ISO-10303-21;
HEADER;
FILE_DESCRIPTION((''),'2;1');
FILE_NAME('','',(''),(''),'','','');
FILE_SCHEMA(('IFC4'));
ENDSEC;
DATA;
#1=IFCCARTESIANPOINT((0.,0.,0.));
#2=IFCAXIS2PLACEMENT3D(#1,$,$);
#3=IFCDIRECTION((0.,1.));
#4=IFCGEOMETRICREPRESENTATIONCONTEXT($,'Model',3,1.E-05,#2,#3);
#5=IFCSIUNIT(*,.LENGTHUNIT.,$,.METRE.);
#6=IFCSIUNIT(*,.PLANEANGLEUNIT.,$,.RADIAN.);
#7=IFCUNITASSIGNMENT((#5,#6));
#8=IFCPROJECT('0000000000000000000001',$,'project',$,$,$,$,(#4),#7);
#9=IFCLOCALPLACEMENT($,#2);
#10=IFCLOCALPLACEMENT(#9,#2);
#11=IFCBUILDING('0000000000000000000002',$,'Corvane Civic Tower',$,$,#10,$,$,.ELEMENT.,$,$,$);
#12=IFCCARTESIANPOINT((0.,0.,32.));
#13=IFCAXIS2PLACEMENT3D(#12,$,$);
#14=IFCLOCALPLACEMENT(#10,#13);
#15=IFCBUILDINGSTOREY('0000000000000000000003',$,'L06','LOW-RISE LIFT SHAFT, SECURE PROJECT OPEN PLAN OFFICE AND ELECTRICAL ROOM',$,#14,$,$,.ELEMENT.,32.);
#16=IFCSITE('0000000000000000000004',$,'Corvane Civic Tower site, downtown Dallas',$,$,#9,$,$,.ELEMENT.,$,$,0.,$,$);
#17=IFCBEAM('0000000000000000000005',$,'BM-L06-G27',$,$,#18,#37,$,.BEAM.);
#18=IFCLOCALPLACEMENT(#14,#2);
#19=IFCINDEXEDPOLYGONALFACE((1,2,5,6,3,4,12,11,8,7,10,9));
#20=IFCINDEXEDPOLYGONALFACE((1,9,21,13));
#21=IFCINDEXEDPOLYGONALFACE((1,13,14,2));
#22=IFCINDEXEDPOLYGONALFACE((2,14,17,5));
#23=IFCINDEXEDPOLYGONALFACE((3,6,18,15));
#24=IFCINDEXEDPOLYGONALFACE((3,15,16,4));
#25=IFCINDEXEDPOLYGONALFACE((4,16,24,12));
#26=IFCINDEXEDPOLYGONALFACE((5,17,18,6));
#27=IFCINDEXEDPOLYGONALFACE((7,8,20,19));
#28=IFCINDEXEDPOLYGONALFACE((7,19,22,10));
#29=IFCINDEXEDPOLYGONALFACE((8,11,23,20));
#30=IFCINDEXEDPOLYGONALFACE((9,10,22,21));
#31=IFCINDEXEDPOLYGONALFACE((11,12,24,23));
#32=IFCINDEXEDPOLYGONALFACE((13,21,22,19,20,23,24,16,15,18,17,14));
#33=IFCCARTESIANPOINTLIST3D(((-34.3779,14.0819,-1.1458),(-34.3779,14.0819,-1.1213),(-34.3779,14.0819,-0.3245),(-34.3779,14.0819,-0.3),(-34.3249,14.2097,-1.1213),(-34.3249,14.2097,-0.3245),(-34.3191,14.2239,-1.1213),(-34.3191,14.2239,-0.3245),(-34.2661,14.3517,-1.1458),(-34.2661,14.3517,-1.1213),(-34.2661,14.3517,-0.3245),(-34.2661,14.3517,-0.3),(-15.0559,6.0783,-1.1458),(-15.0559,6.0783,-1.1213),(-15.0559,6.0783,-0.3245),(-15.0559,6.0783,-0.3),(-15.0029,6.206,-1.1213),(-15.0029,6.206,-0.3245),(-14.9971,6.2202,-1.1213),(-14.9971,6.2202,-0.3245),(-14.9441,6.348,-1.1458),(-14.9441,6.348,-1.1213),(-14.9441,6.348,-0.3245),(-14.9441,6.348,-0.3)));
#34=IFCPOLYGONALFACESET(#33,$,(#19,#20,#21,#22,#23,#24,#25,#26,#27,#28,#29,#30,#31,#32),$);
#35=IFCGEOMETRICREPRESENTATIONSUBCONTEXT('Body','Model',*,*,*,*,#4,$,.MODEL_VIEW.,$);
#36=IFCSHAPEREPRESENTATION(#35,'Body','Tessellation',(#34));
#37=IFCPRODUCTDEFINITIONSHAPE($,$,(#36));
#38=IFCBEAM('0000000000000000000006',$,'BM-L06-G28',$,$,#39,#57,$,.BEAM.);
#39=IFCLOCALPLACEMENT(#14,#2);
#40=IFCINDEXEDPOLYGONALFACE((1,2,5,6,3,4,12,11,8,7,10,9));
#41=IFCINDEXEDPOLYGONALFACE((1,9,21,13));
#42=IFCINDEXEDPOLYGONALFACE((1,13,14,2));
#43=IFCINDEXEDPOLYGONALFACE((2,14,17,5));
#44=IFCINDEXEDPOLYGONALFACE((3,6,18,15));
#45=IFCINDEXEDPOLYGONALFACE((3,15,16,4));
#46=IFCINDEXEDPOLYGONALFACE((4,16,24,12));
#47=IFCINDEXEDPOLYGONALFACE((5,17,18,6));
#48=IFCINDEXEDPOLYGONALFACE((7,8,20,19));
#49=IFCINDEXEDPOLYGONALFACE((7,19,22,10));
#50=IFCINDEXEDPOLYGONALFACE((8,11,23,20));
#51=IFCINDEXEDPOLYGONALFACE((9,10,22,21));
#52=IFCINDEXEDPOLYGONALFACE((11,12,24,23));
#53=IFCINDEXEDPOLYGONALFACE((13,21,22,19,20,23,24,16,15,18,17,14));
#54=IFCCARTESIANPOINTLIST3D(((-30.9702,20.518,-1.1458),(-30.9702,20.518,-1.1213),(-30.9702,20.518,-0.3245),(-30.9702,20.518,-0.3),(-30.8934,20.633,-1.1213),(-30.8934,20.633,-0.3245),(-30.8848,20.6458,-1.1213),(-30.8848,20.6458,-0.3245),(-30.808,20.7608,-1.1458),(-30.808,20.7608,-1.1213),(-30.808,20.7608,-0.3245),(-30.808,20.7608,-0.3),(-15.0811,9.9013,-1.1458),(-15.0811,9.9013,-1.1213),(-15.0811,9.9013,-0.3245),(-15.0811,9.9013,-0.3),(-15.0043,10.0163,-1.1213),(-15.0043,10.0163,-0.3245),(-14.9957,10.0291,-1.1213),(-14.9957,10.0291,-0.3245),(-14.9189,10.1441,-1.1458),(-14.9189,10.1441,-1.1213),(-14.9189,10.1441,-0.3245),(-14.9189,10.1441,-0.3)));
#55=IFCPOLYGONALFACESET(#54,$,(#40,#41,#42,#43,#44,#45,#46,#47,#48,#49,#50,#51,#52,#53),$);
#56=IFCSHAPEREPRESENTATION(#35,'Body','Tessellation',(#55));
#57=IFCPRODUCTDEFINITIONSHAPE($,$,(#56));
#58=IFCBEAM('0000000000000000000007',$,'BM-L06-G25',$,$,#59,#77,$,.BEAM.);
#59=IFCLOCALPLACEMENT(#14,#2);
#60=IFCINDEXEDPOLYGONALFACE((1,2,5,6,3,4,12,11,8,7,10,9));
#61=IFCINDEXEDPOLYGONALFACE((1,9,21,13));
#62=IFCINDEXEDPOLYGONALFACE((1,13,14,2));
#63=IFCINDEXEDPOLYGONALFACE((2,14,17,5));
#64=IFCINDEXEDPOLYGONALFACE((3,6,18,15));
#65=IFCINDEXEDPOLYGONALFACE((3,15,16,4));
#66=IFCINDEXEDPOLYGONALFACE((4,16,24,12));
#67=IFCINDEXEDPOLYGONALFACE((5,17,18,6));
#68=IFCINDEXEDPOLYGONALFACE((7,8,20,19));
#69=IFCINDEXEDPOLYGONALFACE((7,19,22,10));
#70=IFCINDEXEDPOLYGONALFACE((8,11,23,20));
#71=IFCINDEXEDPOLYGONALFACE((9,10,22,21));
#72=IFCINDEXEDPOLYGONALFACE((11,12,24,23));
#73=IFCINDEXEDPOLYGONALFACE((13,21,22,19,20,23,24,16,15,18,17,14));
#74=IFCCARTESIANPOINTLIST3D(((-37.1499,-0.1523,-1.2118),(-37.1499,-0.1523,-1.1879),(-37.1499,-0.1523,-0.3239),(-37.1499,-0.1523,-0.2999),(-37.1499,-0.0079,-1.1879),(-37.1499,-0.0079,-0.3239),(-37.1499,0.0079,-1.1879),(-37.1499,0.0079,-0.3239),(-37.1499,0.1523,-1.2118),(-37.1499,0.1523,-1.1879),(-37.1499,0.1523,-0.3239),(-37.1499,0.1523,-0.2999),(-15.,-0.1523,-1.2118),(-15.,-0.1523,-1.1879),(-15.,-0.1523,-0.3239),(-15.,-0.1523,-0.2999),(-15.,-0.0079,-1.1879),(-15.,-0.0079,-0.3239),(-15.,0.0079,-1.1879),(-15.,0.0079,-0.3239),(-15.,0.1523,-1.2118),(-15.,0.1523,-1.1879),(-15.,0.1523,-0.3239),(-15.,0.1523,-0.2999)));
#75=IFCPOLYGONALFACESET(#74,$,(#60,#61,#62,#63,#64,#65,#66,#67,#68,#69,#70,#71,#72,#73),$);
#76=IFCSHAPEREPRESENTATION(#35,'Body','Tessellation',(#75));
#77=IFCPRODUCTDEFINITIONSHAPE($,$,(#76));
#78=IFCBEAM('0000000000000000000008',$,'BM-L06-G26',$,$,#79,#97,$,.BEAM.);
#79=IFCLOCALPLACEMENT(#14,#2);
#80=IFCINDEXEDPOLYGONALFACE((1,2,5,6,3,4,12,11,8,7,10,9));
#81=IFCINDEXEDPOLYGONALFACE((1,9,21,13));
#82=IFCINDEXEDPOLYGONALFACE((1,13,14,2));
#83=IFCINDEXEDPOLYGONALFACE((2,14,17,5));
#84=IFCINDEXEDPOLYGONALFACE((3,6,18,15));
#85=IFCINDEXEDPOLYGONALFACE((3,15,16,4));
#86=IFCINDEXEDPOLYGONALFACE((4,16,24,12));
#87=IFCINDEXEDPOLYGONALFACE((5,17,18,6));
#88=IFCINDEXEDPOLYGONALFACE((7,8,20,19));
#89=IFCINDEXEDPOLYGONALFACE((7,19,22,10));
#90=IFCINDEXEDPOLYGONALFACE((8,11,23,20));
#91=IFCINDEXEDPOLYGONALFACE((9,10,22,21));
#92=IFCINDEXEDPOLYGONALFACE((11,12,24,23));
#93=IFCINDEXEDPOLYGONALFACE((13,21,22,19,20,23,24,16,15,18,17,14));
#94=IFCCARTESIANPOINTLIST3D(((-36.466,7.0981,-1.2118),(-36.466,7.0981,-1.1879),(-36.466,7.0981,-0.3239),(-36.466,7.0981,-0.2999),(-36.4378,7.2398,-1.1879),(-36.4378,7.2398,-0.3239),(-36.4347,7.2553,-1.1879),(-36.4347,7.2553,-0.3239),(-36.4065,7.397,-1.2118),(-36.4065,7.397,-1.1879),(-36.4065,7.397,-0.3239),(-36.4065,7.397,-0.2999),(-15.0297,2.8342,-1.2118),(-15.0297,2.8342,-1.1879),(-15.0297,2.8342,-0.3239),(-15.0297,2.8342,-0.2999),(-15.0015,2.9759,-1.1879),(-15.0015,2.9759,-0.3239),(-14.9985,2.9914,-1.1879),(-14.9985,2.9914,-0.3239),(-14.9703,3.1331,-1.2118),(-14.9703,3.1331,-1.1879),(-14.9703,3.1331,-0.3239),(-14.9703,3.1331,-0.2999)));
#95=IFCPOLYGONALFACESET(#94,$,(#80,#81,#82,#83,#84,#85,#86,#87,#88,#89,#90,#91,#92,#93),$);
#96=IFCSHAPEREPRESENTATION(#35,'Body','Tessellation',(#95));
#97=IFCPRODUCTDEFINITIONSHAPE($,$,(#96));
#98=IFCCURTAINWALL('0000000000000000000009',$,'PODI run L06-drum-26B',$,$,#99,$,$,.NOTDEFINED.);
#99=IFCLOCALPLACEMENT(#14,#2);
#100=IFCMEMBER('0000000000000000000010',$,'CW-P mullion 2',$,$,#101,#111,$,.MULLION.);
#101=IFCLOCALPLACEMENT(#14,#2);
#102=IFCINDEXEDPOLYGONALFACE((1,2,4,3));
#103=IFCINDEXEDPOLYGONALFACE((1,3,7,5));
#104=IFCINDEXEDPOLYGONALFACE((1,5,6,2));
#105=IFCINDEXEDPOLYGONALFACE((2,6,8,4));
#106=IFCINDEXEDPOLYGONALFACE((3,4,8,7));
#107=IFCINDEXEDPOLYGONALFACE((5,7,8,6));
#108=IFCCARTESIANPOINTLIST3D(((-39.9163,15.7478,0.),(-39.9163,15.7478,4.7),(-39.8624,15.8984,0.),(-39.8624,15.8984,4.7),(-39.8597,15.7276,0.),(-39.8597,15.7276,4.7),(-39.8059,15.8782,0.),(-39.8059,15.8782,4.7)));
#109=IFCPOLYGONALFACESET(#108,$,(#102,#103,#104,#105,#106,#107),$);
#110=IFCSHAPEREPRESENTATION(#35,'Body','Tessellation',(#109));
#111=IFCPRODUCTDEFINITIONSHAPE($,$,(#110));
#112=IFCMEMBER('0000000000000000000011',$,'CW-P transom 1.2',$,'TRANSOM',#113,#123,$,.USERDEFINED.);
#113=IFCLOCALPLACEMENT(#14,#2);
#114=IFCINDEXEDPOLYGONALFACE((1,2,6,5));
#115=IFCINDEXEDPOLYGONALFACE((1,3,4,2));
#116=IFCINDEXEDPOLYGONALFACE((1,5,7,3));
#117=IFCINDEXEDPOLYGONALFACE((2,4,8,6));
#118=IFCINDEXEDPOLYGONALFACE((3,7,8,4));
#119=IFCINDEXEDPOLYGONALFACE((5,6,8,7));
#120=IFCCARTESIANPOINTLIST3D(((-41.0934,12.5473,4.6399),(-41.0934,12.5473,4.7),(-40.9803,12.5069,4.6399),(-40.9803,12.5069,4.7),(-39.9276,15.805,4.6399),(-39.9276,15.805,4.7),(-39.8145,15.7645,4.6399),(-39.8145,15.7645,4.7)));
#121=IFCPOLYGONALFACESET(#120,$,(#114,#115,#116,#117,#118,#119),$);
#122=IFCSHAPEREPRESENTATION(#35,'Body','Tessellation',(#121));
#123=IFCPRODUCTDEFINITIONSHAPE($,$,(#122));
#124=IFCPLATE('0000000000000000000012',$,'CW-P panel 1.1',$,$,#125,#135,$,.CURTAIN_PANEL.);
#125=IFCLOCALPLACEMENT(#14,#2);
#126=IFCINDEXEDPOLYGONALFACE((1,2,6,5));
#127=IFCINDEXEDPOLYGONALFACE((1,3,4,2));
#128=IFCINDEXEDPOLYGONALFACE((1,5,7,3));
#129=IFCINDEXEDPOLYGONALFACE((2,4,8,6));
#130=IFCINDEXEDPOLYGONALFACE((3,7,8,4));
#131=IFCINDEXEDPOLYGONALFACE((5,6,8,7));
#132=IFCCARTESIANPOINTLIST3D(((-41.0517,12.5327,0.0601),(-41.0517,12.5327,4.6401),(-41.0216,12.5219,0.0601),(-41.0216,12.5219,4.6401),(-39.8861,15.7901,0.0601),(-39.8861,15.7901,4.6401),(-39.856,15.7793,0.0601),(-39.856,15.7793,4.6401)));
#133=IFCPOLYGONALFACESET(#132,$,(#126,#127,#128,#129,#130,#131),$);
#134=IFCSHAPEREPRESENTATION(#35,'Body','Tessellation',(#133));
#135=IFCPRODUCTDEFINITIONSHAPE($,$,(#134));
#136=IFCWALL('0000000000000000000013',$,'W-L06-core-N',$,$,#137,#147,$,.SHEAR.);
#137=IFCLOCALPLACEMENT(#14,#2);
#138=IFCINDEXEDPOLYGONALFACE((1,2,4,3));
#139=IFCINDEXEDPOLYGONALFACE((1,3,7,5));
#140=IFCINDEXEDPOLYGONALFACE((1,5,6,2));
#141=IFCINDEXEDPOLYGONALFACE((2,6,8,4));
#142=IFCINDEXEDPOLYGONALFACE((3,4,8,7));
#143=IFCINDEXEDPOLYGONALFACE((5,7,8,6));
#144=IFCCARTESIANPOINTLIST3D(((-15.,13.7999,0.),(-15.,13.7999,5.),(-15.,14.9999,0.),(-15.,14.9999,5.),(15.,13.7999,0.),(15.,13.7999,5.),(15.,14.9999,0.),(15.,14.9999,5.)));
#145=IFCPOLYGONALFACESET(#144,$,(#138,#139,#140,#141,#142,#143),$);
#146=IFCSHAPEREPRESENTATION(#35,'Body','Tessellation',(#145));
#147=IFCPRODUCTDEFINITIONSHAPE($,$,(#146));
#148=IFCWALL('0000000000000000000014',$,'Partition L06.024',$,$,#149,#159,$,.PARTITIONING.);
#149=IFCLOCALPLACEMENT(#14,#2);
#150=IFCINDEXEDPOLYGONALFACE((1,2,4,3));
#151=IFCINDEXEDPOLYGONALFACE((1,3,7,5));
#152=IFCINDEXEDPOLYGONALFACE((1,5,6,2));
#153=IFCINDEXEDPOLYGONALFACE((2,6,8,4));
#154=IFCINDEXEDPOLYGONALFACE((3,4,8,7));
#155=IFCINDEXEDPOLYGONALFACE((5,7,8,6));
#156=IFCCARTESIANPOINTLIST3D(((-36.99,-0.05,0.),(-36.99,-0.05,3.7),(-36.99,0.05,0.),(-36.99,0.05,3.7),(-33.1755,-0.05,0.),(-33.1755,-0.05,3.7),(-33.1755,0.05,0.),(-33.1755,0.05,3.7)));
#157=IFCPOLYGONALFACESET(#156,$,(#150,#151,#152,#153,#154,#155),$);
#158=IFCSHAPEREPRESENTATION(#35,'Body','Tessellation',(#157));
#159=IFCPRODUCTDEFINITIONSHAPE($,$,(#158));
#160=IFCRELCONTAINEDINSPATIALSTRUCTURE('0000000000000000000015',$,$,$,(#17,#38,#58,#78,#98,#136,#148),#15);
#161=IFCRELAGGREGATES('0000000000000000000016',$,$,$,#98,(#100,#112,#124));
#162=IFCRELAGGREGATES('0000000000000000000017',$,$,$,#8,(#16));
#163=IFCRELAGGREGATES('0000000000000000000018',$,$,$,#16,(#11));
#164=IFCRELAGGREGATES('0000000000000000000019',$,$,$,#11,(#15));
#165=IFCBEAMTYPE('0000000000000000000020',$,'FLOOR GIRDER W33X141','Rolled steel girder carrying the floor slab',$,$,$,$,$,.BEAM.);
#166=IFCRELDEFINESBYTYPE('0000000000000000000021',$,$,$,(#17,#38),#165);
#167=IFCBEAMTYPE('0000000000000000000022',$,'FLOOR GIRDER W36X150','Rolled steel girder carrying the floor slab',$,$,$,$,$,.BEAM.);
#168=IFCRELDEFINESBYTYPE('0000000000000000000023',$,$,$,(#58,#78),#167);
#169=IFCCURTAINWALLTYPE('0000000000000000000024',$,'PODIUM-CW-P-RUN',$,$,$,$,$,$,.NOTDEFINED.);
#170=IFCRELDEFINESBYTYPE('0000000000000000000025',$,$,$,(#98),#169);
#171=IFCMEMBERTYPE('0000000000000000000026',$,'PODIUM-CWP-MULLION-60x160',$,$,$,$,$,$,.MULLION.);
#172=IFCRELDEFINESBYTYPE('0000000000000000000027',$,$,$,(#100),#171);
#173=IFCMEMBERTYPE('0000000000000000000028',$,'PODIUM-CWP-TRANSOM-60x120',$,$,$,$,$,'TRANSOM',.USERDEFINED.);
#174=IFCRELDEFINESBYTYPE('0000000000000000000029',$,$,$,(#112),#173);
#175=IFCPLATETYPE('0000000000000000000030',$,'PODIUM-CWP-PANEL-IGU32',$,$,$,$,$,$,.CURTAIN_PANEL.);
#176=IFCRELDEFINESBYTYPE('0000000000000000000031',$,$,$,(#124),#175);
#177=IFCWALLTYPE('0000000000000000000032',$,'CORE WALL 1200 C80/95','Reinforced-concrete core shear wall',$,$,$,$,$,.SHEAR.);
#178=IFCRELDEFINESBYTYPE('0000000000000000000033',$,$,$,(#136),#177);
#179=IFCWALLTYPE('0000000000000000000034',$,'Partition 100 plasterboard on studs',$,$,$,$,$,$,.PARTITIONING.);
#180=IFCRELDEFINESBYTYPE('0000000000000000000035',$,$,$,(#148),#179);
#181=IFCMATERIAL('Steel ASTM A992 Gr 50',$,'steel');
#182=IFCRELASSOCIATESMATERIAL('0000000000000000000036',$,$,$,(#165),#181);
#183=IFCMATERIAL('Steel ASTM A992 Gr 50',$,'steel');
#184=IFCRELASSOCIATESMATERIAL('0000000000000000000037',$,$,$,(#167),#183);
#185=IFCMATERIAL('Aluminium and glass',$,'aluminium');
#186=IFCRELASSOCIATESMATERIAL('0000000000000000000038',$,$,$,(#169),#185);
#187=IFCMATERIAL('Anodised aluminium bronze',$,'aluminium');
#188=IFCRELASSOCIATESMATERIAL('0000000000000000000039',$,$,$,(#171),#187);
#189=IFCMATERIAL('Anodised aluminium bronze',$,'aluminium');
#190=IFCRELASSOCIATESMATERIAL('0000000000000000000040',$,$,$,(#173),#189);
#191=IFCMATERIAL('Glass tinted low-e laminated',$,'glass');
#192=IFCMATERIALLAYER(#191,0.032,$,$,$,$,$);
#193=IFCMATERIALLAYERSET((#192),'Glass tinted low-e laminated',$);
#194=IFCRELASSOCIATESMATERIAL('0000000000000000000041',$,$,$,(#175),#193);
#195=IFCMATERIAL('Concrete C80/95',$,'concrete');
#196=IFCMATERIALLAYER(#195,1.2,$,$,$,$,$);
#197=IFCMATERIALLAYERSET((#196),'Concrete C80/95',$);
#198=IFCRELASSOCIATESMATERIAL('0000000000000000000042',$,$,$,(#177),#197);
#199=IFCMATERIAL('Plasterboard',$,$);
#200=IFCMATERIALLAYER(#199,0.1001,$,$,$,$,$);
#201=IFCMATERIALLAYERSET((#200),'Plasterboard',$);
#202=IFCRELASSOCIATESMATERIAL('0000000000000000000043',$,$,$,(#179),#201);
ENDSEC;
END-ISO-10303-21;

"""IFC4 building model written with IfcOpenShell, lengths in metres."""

from ifc_helpers import new_model, si_unit, direction, frame, frame_2d, origin, origin_2d, place, context, subcontext, project, spatial, rectangle, i_section, extrude, material, layer, layer_set, material_profile, profile_set, type_object, element, aggregate, save


model = new_model("IFC4")

# Units and contexts
model_context = context("Model", 3, precision=1e-05, world=origin(), true_north=direction((0.0, 1.0)))
body_context = subcontext(model_context, "Body", "Model", "MODEL_VIEW")
ifc_project = project(units=[si_unit("LENGTHUNIT", "METRE"), si_unit("PLANEANGLEUNIT", "RADIAN")], contexts=[model_context])

# Site, building, storey
site_placement = place(None, origin())
site = spatial("IfcSite", under=ifc_project, at=site_placement, Name="Corvane Civic Tower site, downtown Dallas", CompositionType="ELEMENT", RefElevation=0.0)
building_placement = place(site_placement, origin())
building = spatial("IfcBuilding", under=site, at=building_placement, Name="Corvane Civic Tower", CompositionType="ELEMENT")
storey_placement = place(building_placement, frame((0.0, 0.0, 32.0)))
storey = spatial("IfcBuildingStorey", under=building, at=storey_placement, Name="L06", Description="LOW-RISE LIFT SHAFT, SECURE PROJECT OPEN PLAN OFFICE AND ELECTRICAL ROOM", CompositionType="ELEMENT", Elevation=32.0)

# Beams
ifc_material_1 = material(Name="Steel ASTM A992 Gr 50", Category="steel")
ifc_material_profile_1 = material_profile(ifc_material_1, i_section(OverallWidth=0.292, OverallDepth=0.8457, WebThickness=0.0154, FlangeThickness=0.0244, at=origin_2d()), Name="W33X141")
ifc_profile_set_1 = profile_set([ifc_material_profile_1], Name="Steel ASTM A992 Gr 50")
beam_type_1 = type_object("IfcBeamType", Name="FLOOR GIRDER W33X141", Description="Rolled steel girder carrying the floor slab", PredefinedType="BEAM", material=ifc_profile_set_1)
beam_1_placement = place(storey_placement, frame((-15.0, 6.2131, -0.7229), z_axis=(-0.923876, 0.382692, 0.0), x_axis=(-0.382692, -0.923876, 0.0)))
element("IfcBeam", 1, at=beam_1_placement, inside=storey, type_object=beam_type_1, Name="BM-L06-G27", PredefinedType="BEAM", context=body_context, shape_type="SweptSolid", body=[
    extrude(i_section(OverallWidth=0.292, OverallDepth=0.8457, WebThickness=0.0154, FlangeThickness=0.0244, at=origin_2d()), origin(), (0.0, 0.0, 1.0), 20.9141),
])
beam_2_placement = place(storey_placement, frame((-15.0, 10.0227, -0.7229), z_axis=(-0.831472, 0.555567, 0.0), x_axis=(-0.555567, -0.831472, 0.0)))
element("IfcBeam", 2, at=beam_2_placement, inside=storey, type_object=beam_type_1, Name="BM-L06-G28", PredefinedType="BEAM", context=body_context, shape_type="SweptSolid", body=[
    extrude(i_section(OverallWidth=0.292, OverallDepth=0.8457, WebThickness=0.0154, FlangeThickness=0.0244, at=origin_2d()), origin(), (0.0, 0.0, 1.0), 19.1096),
])
ifc_material_2 = material(Name="Steel ASTM A992 Gr 50", Category="steel")
ifc_material_profile_2 = material_profile(ifc_material_2, i_section(OverallWidth=0.3047, OverallDepth=0.9119, WebThickness=0.0159, FlangeThickness=0.0239, at=origin_2d()), Name="W36X150")
ifc_profile_set_2 = profile_set([ifc_material_profile_2], Name="Steel ASTM A992 Gr 50")
beam_type_2 = type_object("IfcBeamType", Name="FLOOR GIRDER W36X150", Description="Rolled steel girder carrying the floor slab", PredefinedType="BEAM", material=ifc_profile_set_2)
beam_3_placement = place(storey_placement, frame((-15.0, 0.0, -0.7559), z_axis=(-1.0, 0.0, 0.0), x_axis=(0.0, -1.0, 0.0)))
element("IfcBeam", 3, at=beam_3_placement, inside=storey, type_object=beam_type_2, Name="BM-L06-G25", PredefinedType="BEAM", context=body_context, shape_type="SweptSolid", body=[
    extrude(i_section(OverallWidth=0.3047, OverallDepth=0.9119, WebThickness=0.0159, FlangeThickness=0.0239, at=origin_2d()), origin(), (0.0, 0.0, 1.0), 22.1499),
])
beam_4_placement = place(storey_placement, frame((-15.0, 2.9836, -0.7559), z_axis=(-0.980785, 0.195089, 0.0), x_axis=(-0.195089, -0.980785, 0.0)))
element("IfcBeam", 4, at=beam_4_placement, inside=storey, type_object=beam_type_2, Name="BM-L06-G26", PredefinedType="BEAM", context=body_context, shape_type="SweptSolid", body=[
    extrude(i_section(OverallWidth=0.3047, OverallDepth=0.9119, WebThickness=0.0159, FlangeThickness=0.0239, at=origin_2d()), origin(), (0.0, 0.0, 1.0), 21.8562),
])

# Curtain wall, members, plate
ifc_material_3 = material(Name="Aluminium and glass", Category="aluminium")
curtain_wall_type = type_object("IfcCurtainWallType", Name="PODIUM-CW-P-RUN", PredefinedType="NOTDEFINED", material=ifc_material_3)
curtain_wall_placement = place(storey_placement, origin())
curtain_wall = element("IfcCurtainWall", 5, at=curtain_wall_placement, inside=storey, type_object=curtain_wall_type, Name="PODI run L06-drum-26B", PredefinedType="NOTDEFINED")
ifc_material_4 = material(Name="Anodised aluminium bronze", Category="aluminium")
ifc_material_profile_3 = material_profile(ifc_material_4, rectangle(XDim=0.0601, YDim=0.1599, at=origin_2d()), Name="AL 60x160")
ifc_profile_set_3 = profile_set([ifc_material_profile_3], Name="Anodised aluminium bronze")
member_type_1 = type_object("IfcMemberType", Name="PODIUM-CWP-MULLION-60x160", PredefinedType="MULLION", material=ifc_profile_set_3)
member_1_placement = place(storey_placement, frame((-39.8611, 15.813, 0.0), z_axis=(0.0, 0.0, 1.0), x_axis=(-0.941534, 0.336919, 0.0)))
member_1 = element("IfcMember", 6, at=member_1_placement, type_object=member_type_1, Name="CW-P mullion 2", PredefinedType="MULLION", context=body_context, shape_type="SweptSolid", body=[
    extrude(rectangle(XDim=0.0601, YDim=0.1599, at=origin_2d()), origin(), (0.0, 0.0, 1.0), 4.7),
])
ifc_material_5 = material(Name="Anodised aluminium bronze", Category="aluminium")
ifc_material_profile_4 = material_profile(ifc_material_5, rectangle(XDim=0.1201, YDim=0.0601, at=origin_2d()), Name="AL 120x60")
ifc_profile_set_4 = profile_set([ifc_material_profile_4], Name="Anodised aluminium bronze")
member_type_2 = type_object("IfcMemberType", Name="PODIUM-CWP-TRANSOM-60x120", ElementType="TRANSOM", PredefinedType="USERDEFINED", material=ifc_profile_set_4)
member_2_placement = place(storey_placement, frame((-41.0369, 12.5271, 4.6699), z_axis=(0.33694, 0.941526, 0.0), x_axis=(-0.941526, 0.33694, 0.0)))
member_2 = element("IfcMember", 7, at=member_2_placement, type_object=member_type_2, Name="CW-P transom 1.2", ObjectType="TRANSOM", PredefinedType="USERDEFINED", context=body_context, shape_type="SweptSolid", body=[
    extrude(rectangle(XDim=0.1201, YDim=0.0601, at=origin_2d()), origin(), (0.0, 0.0, 1.0), 3.46),
])
ifc_material_6 = material(Name="Glass tinted low-e laminated", Category="glass")
ifc_layer_1 = layer(ifc_material_6, 0.032)
ifc_layer_set_1 = layer_set([ifc_layer_1], Name="Glass tinted low-e laminated")
plate_type = type_object("IfcPlateType", Name="PODIUM-CWP-PANEL-IGU32", PredefinedType="CURTAIN_PANEL", material=ifc_layer_set_1)
plate_placement = place(storey_placement, frame((-40.4539, 14.156, 0.0601), z_axis=(0.0, 0.0, 1.0), x_axis=(0.336919, 0.941534, 0.0)))
plate = element("IfcPlate", 8, at=plate_placement, type_object=plate_type, Name="CW-P panel 1.1", PredefinedType="CURTAIN_PANEL", context=body_context, shape_type="SweptSolid", body=[
    extrude(rectangle(XDim=3.4597, YDim=0.032, at=origin_2d()), origin(), (0.0, 0.0, 1.0), 4.5801),
])
aggregate(curtain_wall, [member_1, member_2, plate])

# Wall
ifc_material_7 = material(Name="Concrete C80/95", Category="concrete")
ifc_layer_2 = layer(ifc_material_7, 1.2)
ifc_layer_set_2 = layer_set([ifc_layer_2], Name="Concrete C80/95")
wall_type_1 = type_object("IfcWallType", Name="CORE WALL 1200 C80/95", Description="Reinforced-concrete core shear wall", PredefinedType="SHEAR", material=ifc_layer_set_2)
wall_1_placement = place(storey_placement, frame((-15.0, 14.3999, 0.0), z_axis=(0.0, 0.0, 1.0), x_axis=(1.0, 0.0, 0.0)))
element("IfcWall", 9, at=wall_1_placement, inside=storey, type_object=wall_type_1, Name="W-L06-core-N", PredefinedType="SHEAR", context=body_context, shape_type="SweptSolid", body=[
    extrude(rectangle(XDim=30.0, YDim=1.2, at=frame_2d((15.0, 0.0))), origin(), (0.0, 0.0, 1.0), 5.0),
])

# Wall
ifc_material_8 = material(Name="Plasterboard")
ifc_layer_3 = layer(ifc_material_8, 0.1001)
ifc_layer_set_3 = layer_set([ifc_layer_3], Name="Plasterboard")
wall_type_2 = type_object("IfcWallType", Name="Partition 100 plasterboard on studs", PredefinedType="PARTITIONING", material=ifc_layer_set_3)
wall_2_placement = place(storey_placement, frame((-36.99, 0.0, 0.0), z_axis=(0.0, 0.0, 1.0), x_axis=(1.0, 0.0, 0.0)))
element("IfcWall", 10, at=wall_2_placement, inside=storey, type_object=wall_type_2, Name="Partition L06.024", PredefinedType="PARTITIONING", context=body_context, shape_type="SweptSolid", body=[
    extrude(rectangle(XDim=3.8145, YDim=0.1001, at=frame_2d((1.9072, 0.0))), origin(), (0.0, 0.0, 1.0), 3.7),
])

save(model, "model.ifc")
